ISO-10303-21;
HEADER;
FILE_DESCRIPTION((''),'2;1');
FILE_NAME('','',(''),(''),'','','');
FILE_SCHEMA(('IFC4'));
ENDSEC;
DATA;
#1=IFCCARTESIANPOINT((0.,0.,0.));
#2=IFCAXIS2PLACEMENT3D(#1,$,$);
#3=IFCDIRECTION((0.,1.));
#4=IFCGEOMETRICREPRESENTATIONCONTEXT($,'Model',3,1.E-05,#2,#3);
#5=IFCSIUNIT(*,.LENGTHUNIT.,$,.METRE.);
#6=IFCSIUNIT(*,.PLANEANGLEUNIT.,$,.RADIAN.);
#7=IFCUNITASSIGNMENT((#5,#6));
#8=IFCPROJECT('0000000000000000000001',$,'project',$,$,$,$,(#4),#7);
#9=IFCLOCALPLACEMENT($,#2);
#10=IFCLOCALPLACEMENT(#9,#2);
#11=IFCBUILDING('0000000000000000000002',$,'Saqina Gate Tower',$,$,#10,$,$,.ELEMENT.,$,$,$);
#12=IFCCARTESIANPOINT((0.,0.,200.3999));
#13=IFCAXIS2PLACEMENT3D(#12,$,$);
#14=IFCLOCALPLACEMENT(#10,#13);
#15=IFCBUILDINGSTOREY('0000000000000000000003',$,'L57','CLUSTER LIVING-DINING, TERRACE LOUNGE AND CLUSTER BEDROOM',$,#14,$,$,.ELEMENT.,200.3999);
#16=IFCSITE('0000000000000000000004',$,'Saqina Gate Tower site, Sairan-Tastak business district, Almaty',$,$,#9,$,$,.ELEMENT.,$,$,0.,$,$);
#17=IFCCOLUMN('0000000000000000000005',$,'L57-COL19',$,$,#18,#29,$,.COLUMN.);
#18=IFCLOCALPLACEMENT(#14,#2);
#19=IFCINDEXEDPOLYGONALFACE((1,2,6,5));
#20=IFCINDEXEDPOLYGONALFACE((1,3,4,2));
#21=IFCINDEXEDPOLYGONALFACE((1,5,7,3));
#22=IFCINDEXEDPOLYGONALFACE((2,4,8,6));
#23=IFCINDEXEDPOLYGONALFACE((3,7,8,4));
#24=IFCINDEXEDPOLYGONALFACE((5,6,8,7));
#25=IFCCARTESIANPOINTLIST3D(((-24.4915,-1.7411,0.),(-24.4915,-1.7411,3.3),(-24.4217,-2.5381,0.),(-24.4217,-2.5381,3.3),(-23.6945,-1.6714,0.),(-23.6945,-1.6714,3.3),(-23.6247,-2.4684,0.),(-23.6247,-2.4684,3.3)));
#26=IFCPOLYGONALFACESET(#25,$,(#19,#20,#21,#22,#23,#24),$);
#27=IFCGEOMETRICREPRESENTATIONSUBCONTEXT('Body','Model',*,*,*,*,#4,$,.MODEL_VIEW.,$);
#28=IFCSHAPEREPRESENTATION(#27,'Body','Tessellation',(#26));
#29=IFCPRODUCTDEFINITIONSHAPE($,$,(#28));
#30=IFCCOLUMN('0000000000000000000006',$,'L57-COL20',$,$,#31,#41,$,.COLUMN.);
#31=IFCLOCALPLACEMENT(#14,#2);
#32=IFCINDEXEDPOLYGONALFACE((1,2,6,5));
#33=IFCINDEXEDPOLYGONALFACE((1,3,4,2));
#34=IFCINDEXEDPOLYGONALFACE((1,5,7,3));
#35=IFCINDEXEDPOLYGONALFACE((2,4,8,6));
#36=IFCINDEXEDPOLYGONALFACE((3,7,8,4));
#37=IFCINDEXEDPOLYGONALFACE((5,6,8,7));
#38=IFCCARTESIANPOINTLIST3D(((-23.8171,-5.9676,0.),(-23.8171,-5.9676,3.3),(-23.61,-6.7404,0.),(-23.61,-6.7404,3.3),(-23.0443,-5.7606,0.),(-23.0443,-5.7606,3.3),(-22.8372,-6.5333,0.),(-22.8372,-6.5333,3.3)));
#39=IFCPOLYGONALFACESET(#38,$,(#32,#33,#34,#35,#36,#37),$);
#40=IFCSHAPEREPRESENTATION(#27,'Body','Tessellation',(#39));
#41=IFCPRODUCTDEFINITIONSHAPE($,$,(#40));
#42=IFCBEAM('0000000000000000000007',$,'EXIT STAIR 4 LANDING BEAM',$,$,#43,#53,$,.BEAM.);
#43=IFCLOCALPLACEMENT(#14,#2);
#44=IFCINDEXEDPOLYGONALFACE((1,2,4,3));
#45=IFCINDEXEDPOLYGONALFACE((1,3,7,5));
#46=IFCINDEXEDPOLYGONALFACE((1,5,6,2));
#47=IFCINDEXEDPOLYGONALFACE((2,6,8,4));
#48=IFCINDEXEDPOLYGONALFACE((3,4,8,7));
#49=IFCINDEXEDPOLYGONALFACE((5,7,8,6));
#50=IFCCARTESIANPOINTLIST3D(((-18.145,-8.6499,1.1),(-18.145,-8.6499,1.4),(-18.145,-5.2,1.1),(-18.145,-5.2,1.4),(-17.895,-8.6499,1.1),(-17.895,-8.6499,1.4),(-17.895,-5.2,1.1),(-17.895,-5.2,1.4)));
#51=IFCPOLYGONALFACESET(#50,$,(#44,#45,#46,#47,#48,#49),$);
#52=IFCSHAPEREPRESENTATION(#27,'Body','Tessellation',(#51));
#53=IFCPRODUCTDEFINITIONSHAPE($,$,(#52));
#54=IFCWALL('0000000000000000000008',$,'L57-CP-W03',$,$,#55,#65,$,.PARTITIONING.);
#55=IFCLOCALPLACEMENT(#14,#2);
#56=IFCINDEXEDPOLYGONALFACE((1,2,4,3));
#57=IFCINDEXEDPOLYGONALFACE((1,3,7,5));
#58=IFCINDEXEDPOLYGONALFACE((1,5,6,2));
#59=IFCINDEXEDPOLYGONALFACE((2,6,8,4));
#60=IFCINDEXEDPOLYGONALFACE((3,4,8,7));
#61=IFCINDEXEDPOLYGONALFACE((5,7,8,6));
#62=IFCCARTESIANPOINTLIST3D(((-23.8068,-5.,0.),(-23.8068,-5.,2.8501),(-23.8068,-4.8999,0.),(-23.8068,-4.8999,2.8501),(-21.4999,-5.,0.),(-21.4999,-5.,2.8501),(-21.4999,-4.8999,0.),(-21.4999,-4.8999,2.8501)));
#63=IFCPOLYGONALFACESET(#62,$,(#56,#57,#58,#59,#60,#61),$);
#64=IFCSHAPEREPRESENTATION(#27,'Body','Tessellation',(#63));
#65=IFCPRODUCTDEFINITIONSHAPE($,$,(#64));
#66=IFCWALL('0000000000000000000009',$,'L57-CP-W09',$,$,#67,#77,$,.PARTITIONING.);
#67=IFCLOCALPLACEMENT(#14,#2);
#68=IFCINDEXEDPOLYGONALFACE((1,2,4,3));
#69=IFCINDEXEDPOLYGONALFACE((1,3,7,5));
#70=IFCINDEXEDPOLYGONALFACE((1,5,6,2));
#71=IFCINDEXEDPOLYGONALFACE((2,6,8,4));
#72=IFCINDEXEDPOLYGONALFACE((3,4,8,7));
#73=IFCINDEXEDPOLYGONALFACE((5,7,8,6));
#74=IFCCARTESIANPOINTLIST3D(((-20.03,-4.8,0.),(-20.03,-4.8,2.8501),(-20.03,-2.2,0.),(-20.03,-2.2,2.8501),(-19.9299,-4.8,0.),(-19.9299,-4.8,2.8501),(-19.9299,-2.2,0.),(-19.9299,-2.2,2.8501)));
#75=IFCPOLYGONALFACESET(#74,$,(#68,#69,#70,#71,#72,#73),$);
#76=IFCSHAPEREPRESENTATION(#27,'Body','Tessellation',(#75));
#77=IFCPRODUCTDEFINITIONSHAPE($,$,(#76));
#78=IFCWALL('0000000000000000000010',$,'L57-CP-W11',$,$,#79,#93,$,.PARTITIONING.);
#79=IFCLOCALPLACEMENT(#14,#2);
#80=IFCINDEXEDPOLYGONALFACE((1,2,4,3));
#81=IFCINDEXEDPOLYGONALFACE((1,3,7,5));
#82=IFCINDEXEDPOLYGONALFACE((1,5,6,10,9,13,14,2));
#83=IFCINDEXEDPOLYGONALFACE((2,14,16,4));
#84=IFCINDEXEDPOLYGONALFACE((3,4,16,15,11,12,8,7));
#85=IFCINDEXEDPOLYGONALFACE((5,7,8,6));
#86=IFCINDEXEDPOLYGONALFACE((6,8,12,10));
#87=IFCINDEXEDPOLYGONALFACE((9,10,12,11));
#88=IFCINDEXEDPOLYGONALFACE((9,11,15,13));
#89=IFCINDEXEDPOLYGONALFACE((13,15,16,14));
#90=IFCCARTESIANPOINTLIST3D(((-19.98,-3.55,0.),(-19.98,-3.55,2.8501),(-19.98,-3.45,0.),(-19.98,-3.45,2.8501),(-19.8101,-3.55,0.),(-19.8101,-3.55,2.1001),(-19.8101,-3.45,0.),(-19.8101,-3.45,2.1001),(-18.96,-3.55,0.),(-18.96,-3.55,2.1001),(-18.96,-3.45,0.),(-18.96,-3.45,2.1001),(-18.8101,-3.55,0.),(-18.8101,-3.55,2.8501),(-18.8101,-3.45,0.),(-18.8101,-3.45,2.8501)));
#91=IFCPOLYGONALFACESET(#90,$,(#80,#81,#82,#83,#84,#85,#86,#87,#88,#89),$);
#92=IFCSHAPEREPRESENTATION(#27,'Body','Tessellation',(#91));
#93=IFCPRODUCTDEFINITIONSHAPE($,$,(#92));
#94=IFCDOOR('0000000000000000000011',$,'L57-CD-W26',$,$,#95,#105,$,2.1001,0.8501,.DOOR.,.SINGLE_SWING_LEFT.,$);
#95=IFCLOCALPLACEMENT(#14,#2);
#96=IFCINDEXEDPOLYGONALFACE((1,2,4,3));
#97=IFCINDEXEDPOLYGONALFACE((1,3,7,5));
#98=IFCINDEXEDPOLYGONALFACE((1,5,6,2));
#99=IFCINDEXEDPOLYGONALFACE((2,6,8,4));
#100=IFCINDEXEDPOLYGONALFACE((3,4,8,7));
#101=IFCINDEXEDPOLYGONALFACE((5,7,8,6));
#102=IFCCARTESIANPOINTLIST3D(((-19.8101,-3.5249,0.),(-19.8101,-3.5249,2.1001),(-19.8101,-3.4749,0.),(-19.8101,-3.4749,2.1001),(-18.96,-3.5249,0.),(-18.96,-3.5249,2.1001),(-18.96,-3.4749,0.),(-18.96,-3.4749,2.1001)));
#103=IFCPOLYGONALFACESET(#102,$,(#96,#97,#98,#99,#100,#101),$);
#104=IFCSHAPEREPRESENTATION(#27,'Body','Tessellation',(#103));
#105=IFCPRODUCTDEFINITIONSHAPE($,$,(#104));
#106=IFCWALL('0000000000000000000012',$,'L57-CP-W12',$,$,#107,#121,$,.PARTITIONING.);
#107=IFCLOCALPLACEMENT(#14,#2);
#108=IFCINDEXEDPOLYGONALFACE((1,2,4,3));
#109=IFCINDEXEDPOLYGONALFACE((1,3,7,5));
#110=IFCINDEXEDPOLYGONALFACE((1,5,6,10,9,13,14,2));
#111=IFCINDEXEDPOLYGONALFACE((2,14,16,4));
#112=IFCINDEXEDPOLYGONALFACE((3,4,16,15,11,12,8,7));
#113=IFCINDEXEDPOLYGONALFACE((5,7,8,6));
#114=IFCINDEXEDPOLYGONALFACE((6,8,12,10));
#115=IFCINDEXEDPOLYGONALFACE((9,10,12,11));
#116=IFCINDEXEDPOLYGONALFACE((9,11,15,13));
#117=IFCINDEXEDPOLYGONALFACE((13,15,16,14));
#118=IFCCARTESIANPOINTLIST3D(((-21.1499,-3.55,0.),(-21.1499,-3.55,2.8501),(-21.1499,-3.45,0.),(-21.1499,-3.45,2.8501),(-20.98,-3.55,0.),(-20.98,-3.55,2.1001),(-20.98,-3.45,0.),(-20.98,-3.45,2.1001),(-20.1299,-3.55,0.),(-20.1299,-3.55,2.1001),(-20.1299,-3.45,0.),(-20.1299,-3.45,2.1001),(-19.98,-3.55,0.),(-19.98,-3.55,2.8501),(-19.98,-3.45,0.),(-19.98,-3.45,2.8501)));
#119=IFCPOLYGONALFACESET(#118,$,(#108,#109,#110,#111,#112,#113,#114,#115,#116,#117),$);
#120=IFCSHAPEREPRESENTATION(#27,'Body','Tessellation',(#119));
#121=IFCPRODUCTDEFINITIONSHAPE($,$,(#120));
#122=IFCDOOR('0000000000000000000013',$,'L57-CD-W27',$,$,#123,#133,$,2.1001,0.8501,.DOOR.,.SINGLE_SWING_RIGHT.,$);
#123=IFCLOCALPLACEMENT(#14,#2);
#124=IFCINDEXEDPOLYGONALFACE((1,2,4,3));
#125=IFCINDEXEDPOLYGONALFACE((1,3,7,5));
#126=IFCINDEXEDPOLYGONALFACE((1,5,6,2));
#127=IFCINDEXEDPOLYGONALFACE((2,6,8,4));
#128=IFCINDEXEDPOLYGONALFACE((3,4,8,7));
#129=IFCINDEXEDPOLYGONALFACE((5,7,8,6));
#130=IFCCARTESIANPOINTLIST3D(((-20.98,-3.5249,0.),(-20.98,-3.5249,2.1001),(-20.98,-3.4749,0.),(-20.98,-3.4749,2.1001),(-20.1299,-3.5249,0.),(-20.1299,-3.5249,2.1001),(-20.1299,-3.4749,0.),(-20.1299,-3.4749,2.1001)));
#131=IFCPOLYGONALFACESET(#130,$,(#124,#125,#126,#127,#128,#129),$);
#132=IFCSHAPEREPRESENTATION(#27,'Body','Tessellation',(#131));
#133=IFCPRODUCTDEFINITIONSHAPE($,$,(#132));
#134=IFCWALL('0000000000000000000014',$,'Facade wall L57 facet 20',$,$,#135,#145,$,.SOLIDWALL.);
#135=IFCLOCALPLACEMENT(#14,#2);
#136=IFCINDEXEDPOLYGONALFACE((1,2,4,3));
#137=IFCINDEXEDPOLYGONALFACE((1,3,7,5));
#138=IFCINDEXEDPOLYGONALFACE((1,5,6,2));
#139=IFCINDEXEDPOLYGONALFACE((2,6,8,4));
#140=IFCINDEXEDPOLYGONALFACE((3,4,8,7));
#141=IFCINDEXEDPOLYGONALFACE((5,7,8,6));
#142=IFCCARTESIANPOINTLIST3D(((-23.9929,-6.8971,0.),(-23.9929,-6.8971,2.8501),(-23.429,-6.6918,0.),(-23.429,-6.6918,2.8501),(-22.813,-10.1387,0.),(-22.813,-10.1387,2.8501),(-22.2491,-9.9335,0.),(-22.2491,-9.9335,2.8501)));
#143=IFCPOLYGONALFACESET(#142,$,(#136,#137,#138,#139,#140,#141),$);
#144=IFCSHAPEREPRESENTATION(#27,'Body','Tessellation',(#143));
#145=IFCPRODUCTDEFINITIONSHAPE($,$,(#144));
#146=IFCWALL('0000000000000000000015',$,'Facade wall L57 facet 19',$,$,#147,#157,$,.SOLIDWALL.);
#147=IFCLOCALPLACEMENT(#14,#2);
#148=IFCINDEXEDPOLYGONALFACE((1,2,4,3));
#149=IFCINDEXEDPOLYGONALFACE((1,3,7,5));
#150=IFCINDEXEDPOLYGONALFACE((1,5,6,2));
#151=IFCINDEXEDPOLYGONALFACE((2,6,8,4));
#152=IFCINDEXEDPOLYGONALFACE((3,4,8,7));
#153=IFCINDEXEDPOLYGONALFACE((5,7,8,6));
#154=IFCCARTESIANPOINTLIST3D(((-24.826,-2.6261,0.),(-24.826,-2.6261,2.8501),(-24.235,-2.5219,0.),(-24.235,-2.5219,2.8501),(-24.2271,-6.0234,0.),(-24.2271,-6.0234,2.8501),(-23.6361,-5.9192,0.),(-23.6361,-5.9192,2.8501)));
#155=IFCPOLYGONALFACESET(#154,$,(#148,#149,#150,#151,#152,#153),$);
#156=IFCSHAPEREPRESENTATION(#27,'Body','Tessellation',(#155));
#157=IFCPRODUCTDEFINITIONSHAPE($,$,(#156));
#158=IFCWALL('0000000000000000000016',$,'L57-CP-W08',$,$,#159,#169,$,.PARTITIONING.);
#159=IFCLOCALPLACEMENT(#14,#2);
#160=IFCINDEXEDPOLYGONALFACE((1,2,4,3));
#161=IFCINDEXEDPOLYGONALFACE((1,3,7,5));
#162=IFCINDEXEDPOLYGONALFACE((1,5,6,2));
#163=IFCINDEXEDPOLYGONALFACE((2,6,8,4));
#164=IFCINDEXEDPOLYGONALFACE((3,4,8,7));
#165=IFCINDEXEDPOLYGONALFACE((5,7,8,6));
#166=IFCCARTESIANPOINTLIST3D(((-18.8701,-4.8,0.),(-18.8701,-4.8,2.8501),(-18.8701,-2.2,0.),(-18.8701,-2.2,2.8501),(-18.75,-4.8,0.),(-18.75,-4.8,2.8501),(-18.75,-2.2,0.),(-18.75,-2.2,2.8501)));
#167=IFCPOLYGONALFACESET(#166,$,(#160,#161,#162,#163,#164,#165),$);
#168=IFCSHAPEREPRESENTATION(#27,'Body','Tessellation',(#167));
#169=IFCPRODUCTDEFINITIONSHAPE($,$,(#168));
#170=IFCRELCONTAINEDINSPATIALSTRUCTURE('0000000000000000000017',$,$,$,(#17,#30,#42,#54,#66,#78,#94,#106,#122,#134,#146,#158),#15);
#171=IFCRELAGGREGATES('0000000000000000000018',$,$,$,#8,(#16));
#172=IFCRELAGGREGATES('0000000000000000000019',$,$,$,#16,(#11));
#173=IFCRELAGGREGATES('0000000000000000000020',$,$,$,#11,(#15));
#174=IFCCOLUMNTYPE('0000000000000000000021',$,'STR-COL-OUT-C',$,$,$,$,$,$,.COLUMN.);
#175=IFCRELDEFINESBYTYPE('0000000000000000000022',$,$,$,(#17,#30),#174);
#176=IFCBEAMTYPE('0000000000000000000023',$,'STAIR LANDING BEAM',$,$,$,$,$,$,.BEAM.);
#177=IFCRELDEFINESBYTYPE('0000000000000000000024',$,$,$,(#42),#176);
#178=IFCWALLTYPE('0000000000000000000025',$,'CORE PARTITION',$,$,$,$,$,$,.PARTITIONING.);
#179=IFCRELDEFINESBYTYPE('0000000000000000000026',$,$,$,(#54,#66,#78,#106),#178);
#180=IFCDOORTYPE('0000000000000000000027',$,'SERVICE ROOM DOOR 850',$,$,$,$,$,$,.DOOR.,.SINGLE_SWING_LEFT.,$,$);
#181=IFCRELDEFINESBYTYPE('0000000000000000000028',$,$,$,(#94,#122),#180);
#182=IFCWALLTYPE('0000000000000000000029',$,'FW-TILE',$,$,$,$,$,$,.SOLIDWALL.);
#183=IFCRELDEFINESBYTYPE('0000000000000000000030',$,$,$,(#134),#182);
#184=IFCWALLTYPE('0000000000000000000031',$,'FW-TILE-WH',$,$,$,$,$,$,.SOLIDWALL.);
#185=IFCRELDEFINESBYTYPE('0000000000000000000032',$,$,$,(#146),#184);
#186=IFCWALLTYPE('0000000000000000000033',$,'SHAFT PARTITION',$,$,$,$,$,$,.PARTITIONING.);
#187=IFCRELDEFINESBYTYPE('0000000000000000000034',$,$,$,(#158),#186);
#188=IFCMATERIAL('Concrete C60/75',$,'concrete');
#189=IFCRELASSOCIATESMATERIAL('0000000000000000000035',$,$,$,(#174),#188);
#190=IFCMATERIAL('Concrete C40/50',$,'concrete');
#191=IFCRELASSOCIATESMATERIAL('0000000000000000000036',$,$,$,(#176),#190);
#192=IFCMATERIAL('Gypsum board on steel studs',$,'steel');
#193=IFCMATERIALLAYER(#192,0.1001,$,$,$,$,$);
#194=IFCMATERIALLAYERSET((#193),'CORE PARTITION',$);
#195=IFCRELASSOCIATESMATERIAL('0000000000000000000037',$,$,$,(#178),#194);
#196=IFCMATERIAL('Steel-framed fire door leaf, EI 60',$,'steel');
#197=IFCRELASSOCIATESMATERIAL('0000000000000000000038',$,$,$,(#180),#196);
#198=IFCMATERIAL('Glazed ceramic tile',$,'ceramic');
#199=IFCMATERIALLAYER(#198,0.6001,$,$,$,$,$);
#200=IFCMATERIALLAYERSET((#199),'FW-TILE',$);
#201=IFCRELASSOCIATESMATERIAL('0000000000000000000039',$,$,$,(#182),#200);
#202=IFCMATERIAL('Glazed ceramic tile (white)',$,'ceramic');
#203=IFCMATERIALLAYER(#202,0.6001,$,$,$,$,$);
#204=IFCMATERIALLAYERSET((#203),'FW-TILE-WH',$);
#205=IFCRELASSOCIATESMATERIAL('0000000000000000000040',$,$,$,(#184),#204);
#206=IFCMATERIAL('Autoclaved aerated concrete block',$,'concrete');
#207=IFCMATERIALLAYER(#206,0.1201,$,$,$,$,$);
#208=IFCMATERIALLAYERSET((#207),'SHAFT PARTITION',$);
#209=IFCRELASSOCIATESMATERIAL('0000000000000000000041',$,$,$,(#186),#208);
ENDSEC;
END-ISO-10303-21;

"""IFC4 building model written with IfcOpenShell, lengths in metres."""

from ifc_helpers import new_model, si_unit, direction, frame, frame_2d, origin, origin_2d, place, context, subcontext, project, spatial, rectangle, extrude, material, layer, layer_set, material_profile, profile_set, type_object, element, fill, save


model = new_model("IFC4")

# Units and contexts
model_context = context("Model", 3, precision=1e-05, world=origin(), true_north=direction((0.0, 1.0)))
body_context = subcontext(model_context, "Body", "Model", "MODEL_VIEW")
ifc_project = project(units=[si_unit("LENGTHUNIT", "METRE"), si_unit("PLANEANGLEUNIT", "RADIAN")], contexts=[model_context])

# Site, building, storey
site_placement = place(None, origin())
site = spatial("IfcSite", under=ifc_project, at=site_placement, Name="Saqina Gate Tower site, Sairan-Tastak business district, Almaty", CompositionType="ELEMENT", RefElevation=0.0)
building_placement = place(site_placement, origin())
building = spatial("IfcBuilding", under=site, at=building_placement, Name="Saqina Gate Tower", CompositionType="ELEMENT")
storey_placement = place(building_placement, frame((0.0, 0.0, 200.3999)))
storey = spatial("IfcBuildingStorey", under=building, at=storey_placement, Name="L57", Description="CLUSTER LIVING-DINING, TERRACE LOUNGE AND CLUSTER BEDROOM", CompositionType="ELEMENT", Elevation=200.3999)

# Columns
ifc_material_1 = material(Name="Concrete C60/75", Category="concrete")
ifc_material_profile_1 = material_profile(ifc_material_1, rectangle(XDim=0.8, YDim=0.8, at=origin_2d()), Name="RC 800x800")
ifc_profile_set_1 = profile_set([ifc_material_profile_1], Name="Concrete C60/75")
column_type = type_object("IfcColumnType", Name="STR-COL-OUT-C", PredefinedType="COLUMN", material=ifc_profile_set_1)
for number, where, z_axis, x_axis, name in (
    (1, (-24.0581, -2.1047, 0.0), (0.0, 0.0, 1.0), (-0.996195, -0.087156, 0.0), "L57-COL19"),
    (2, (-23.3271, -6.2505, 0.0), (0.0, 0.0, 1.0), (-0.965926, -0.258819, 0.0), "L57-COL20"),
):
    element("IfcColumn", number, at=place(storey_placement, frame(where, z_axis=z_axis, x_axis=x_axis)), inside=storey, type_object=column_type, Name=name, PredefinedType="COLUMN", context=body_context, shape_type="SweptSolid", body=[
        extrude(rectangle(XDim=0.8, YDim=0.8, at=origin_2d()), origin(), (0.0, 0.0, 1.0), 3.3),
    ])

# Beam
ifc_material_2 = material(Name="Concrete C40/50", Category="concrete")
ifc_material_profile_2 = material_profile(ifc_material_2, rectangle(XDim=0.25, YDim=0.3, at=origin_2d()), Name="STAIR LANDING BEAM")
ifc_profile_set_2 = profile_set([ifc_material_profile_2], Name="Concrete C40/50")
beam_type = type_object("IfcBeamType", Name="STAIR LANDING BEAM", PredefinedType="BEAM", material=ifc_profile_set_2)
beam_placement = place(storey_placement, frame((-18.02, -8.6499, 1.25), z_axis=(0.0, 1.0, 0.0), x_axis=(-1.0, 0.0, 0.0)))
element("IfcBeam", 3, at=beam_placement, inside=storey, type_object=beam_type, Name="EXIT STAIR 4 LANDING BEAM", PredefinedType="BEAM", context=body_context, shape_type="SweptSolid", body=[
    extrude(rectangle(XDim=0.25, YDim=0.3, at=origin_2d()), origin(), (0.0, 0.0, 1.0), 3.45),
])

# Walls
ifc_material_3 = material(Name="Gypsum board on steel studs", Category="steel")
ifc_layer_1 = layer(ifc_material_3, 0.1001)
ifc_layer_set_1 = layer_set([ifc_layer_1], Name="CORE PARTITION")
wall_type_1 = type_object("IfcWallType", Name="CORE PARTITION", PredefinedType="PARTITIONING", material=ifc_layer_set_1)
wall_1_placement = place(storey_placement, frame((-21.5, -4.95, 0.0), z_axis=(0.0, 0.0, 1.0), x_axis=(-1.0, 0.0, 0.0)))
element("IfcWall", 4, at=wall_1_placement, inside=storey, type_object=wall_type_1, Name="L57-CP-W03", PredefinedType="PARTITIONING", context=body_context, shape_type="SweptSolid", body=[
    extrude(rectangle(XDim=2.3069, YDim=0.1001, at=frame_2d((1.1533, 0.0))), origin(), (0.0, 0.0, 1.0), 2.8501),
])
wall_2_placement = place(storey_placement, frame((-19.98, -4.8, 0.0), z_axis=(0.0, 0.0, 1.0), x_axis=(0.0, 1.0, 0.0)))
element("IfcWall", 5, at=wall_2_placement, inside=storey, type_object=wall_type_1, Name="L57-CP-W09", PredefinedType="PARTITIONING", context=body_context, shape_type="SweptSolid", body=[
    extrude(rectangle(XDim=2.6001, YDim=0.1001, at=frame_2d((1.3, 0.0))), origin(), (0.0, 0.0, 1.0), 2.8501),
])

# Walls, openings, doors
wall_3_placement = place(storey_placement, frame((-18.8101, -3.5, 0.0), z_axis=(0.0, 0.0, 1.0), x_axis=(-1.0, 0.0, 0.0)))
wall_3 = element("IfcWall", 6, at=wall_3_placement, inside=storey, type_object=wall_type_1, Name="L57-CP-W11", PredefinedType="PARTITIONING", context=body_context, shape_type="SweptSolid", body=[
    extrude(rectangle(XDim=1.1699, YDim=0.1001, at=frame_2d((0.585, 0.0))), origin(), (0.0, 0.0, 1.0), 2.8501),
])
opening_1_placement = place(wall_3_placement, frame((0.1499, 0.0, 0.0)))
opening_1 = element("IfcOpeningElement", 7, at=opening_1_placement, cuts=wall_3, PredefinedType="OPENING", context=body_context, shape_type="SweptSolid", body=[
    extrude(rectangle(XDim=0.8501, YDim=2.1001, at=frame_2d((0.425, 1.05))), frame((0.0, 0.062, 0.0), z_axis=(0.0, -1.0, 0.0), x_axis=(1.0, 0.0, 0.0)), (0.0, 0.0, 1.0), 0.124),
])
ifc_material_4 = material(Name="Steel-framed fire door leaf, EI 60", Category="steel")
door_type = type_object("IfcDoorType", Name="SERVICE ROOM DOOR 850", OperationType="SINGLE_SWING_LEFT", PredefinedType="DOOR", material=ifc_material_4)
door_1_placement = place(opening_1_placement, origin())
door_1 = element("IfcDoor", 8, at=door_1_placement, inside=storey, type_object=door_type, Name="L57-CD-W26", OperationType="SINGLE_SWING_LEFT", OverallHeight=2.1001, OverallWidth=0.8501, PredefinedType="DOOR", context=body_context, shape_type="SweptSolid", body=[
    extrude(rectangle(XDim=0.8501, YDim=2.1001, at=frame_2d((0.425, 1.05))), frame((0.0, 0.0249, 0.0), z_axis=(0.0, -1.0, 0.0), x_axis=(1.0, 0.0, 0.0)), (0.0, 0.0, 1.0), 0.05),
])
fill(opening_1, door_1)
wall_4_placement = place(storey_placement, frame((-19.98, -3.5, 0.0), z_axis=(0.0, 0.0, 1.0), x_axis=(-1.0, 0.0, 0.0)))
wall_4 = element("IfcWall", 9, at=wall_4_placement, inside=storey, type_object=wall_type_1, Name="L57-CP-W12", PredefinedType="PARTITIONING", context=body_context, shape_type="SweptSolid", body=[
    extrude(rectangle(XDim=1.1699, YDim=0.1001, at=frame_2d((0.585, 0.0))), origin(), (0.0, 0.0, 1.0), 2.8501),
])
opening_2_placement = place(wall_4_placement, frame((0.1499, 0.0, 0.0)))
opening_2 = element("IfcOpeningElement", 10, at=opening_2_placement, cuts=wall_4, PredefinedType="OPENING", context=body_context, shape_type="SweptSolid", body=[
    extrude(rectangle(XDim=0.8501, YDim=2.1001, at=frame_2d((0.425, 1.05))), frame((0.0, 0.062, 0.0), z_axis=(0.0, -1.0, 0.0), x_axis=(1.0, 0.0, 0.0)), (0.0, 0.0, 1.0), 0.124),
])
door_2_placement = place(opening_2_placement, origin())
door_2 = element("IfcDoor", 11, at=door_2_placement, inside=storey, type_object=door_type, Name="L57-CD-W27", OperationType="SINGLE_SWING_RIGHT", OverallHeight=2.1001, OverallWidth=0.8501, PredefinedType="DOOR", context=body_context, shape_type="SweptSolid", body=[
    extrude(rectangle(XDim=0.8501, YDim=2.1001, at=frame_2d((0.425, 1.05))), frame((0.0, 0.0249, 0.0), z_axis=(0.0, -1.0, 0.0), x_axis=(1.0, 0.0, 0.0)), (0.0, 0.0, 1.0), 0.05),
])
fill(opening_2, door_2)

# Walls
ifc_material_5 = material(Name="Glazed ceramic tile", Category="ceramic")
ifc_layer_2 = layer(ifc_material_5, 0.6001)
ifc_layer_set_2 = layer_set([ifc_layer_2], Name="FW-TILE")
wall_type_2 = type_object("IfcWallType", Name="FW-TILE", PredefinedType="SOLIDWALL", material=ifc_layer_set_2)
wall_5_placement = place(storey_placement, frame((-23.7109, -6.7944, 0.0), z_axis=(0.0, 0.0, 1.0), x_axis=(0.342033, -0.939688, 0.0)))
element("IfcWall", 12, at=wall_5_placement, inside=storey, type_object=wall_type_2, Name="Facade wall L57 facet 20", PredefinedType="SOLIDWALL", context=body_context, shape_type="SweptSolid", body=[
    extrude(rectangle(XDim=3.4497, YDim=0.6001, at=frame_2d((1.7249, 0.0))), origin(), (0.0, 0.0, 1.0), 2.8501),
])
ifc_material_6 = material(Name="Glazed ceramic tile (white)", Category="ceramic")
ifc_layer_3 = layer(ifc_material_6, 0.6001)
ifc_layer_set_3 = layer_set([ifc_layer_3], Name="FW-TILE-WH")
wall_type_3 = type_object("IfcWallType", Name="FW-TILE-WH", PredefinedType="SOLIDWALL", material=ifc_layer_set_3)
wall_6_placement = place(storey_placement, frame((-24.5305, -2.574, 0.0), z_axis=(0.0, 0.0, 1.0), x_axis=(0.173608, -0.984815, 0.0)))
element("IfcWall", 13, at=wall_6_placement, inside=storey, type_object=wall_type_3, Name="Facade wall L57 facet 19", PredefinedType="SOLIDWALL", context=body_context, shape_type="SweptSolid", body=[
    extrude(rectangle(XDim=3.4497, YDim=0.6001, at=frame_2d((1.7249, 0.0))), origin(), (0.0, 0.0, 1.0), 2.8501),
])
ifc_material_7 = material(Name="Autoclaved aerated concrete block", Category="concrete")
ifc_layer_4 = layer(ifc_material_7, 0.1201)
ifc_layer_set_4 = layer_set([ifc_layer_4], Name="SHAFT PARTITION")
wall_type_4 = type_object("IfcWallType", Name="SHAFT PARTITION", PredefinedType="PARTITIONING", material=ifc_layer_set_4)
wall_7_placement = place(storey_placement, frame((-18.8101, -4.8, 0.0), z_axis=(0.0, 0.0, 1.0), x_axis=(0.0, 1.0, 0.0)))
element("IfcWall", 14, at=wall_7_placement, inside=storey, type_object=wall_type_4, Name="L57-CP-W08", PredefinedType="PARTITIONING", context=body_context, shape_type="SweptSolid", body=[
    extrude(rectangle(XDim=2.6001, YDim=0.1201, at=frame_2d((1.3, 0.0))), origin(), (0.0, 0.0, 1.0), 2.8501),
])

save(model, "model.ifc")
